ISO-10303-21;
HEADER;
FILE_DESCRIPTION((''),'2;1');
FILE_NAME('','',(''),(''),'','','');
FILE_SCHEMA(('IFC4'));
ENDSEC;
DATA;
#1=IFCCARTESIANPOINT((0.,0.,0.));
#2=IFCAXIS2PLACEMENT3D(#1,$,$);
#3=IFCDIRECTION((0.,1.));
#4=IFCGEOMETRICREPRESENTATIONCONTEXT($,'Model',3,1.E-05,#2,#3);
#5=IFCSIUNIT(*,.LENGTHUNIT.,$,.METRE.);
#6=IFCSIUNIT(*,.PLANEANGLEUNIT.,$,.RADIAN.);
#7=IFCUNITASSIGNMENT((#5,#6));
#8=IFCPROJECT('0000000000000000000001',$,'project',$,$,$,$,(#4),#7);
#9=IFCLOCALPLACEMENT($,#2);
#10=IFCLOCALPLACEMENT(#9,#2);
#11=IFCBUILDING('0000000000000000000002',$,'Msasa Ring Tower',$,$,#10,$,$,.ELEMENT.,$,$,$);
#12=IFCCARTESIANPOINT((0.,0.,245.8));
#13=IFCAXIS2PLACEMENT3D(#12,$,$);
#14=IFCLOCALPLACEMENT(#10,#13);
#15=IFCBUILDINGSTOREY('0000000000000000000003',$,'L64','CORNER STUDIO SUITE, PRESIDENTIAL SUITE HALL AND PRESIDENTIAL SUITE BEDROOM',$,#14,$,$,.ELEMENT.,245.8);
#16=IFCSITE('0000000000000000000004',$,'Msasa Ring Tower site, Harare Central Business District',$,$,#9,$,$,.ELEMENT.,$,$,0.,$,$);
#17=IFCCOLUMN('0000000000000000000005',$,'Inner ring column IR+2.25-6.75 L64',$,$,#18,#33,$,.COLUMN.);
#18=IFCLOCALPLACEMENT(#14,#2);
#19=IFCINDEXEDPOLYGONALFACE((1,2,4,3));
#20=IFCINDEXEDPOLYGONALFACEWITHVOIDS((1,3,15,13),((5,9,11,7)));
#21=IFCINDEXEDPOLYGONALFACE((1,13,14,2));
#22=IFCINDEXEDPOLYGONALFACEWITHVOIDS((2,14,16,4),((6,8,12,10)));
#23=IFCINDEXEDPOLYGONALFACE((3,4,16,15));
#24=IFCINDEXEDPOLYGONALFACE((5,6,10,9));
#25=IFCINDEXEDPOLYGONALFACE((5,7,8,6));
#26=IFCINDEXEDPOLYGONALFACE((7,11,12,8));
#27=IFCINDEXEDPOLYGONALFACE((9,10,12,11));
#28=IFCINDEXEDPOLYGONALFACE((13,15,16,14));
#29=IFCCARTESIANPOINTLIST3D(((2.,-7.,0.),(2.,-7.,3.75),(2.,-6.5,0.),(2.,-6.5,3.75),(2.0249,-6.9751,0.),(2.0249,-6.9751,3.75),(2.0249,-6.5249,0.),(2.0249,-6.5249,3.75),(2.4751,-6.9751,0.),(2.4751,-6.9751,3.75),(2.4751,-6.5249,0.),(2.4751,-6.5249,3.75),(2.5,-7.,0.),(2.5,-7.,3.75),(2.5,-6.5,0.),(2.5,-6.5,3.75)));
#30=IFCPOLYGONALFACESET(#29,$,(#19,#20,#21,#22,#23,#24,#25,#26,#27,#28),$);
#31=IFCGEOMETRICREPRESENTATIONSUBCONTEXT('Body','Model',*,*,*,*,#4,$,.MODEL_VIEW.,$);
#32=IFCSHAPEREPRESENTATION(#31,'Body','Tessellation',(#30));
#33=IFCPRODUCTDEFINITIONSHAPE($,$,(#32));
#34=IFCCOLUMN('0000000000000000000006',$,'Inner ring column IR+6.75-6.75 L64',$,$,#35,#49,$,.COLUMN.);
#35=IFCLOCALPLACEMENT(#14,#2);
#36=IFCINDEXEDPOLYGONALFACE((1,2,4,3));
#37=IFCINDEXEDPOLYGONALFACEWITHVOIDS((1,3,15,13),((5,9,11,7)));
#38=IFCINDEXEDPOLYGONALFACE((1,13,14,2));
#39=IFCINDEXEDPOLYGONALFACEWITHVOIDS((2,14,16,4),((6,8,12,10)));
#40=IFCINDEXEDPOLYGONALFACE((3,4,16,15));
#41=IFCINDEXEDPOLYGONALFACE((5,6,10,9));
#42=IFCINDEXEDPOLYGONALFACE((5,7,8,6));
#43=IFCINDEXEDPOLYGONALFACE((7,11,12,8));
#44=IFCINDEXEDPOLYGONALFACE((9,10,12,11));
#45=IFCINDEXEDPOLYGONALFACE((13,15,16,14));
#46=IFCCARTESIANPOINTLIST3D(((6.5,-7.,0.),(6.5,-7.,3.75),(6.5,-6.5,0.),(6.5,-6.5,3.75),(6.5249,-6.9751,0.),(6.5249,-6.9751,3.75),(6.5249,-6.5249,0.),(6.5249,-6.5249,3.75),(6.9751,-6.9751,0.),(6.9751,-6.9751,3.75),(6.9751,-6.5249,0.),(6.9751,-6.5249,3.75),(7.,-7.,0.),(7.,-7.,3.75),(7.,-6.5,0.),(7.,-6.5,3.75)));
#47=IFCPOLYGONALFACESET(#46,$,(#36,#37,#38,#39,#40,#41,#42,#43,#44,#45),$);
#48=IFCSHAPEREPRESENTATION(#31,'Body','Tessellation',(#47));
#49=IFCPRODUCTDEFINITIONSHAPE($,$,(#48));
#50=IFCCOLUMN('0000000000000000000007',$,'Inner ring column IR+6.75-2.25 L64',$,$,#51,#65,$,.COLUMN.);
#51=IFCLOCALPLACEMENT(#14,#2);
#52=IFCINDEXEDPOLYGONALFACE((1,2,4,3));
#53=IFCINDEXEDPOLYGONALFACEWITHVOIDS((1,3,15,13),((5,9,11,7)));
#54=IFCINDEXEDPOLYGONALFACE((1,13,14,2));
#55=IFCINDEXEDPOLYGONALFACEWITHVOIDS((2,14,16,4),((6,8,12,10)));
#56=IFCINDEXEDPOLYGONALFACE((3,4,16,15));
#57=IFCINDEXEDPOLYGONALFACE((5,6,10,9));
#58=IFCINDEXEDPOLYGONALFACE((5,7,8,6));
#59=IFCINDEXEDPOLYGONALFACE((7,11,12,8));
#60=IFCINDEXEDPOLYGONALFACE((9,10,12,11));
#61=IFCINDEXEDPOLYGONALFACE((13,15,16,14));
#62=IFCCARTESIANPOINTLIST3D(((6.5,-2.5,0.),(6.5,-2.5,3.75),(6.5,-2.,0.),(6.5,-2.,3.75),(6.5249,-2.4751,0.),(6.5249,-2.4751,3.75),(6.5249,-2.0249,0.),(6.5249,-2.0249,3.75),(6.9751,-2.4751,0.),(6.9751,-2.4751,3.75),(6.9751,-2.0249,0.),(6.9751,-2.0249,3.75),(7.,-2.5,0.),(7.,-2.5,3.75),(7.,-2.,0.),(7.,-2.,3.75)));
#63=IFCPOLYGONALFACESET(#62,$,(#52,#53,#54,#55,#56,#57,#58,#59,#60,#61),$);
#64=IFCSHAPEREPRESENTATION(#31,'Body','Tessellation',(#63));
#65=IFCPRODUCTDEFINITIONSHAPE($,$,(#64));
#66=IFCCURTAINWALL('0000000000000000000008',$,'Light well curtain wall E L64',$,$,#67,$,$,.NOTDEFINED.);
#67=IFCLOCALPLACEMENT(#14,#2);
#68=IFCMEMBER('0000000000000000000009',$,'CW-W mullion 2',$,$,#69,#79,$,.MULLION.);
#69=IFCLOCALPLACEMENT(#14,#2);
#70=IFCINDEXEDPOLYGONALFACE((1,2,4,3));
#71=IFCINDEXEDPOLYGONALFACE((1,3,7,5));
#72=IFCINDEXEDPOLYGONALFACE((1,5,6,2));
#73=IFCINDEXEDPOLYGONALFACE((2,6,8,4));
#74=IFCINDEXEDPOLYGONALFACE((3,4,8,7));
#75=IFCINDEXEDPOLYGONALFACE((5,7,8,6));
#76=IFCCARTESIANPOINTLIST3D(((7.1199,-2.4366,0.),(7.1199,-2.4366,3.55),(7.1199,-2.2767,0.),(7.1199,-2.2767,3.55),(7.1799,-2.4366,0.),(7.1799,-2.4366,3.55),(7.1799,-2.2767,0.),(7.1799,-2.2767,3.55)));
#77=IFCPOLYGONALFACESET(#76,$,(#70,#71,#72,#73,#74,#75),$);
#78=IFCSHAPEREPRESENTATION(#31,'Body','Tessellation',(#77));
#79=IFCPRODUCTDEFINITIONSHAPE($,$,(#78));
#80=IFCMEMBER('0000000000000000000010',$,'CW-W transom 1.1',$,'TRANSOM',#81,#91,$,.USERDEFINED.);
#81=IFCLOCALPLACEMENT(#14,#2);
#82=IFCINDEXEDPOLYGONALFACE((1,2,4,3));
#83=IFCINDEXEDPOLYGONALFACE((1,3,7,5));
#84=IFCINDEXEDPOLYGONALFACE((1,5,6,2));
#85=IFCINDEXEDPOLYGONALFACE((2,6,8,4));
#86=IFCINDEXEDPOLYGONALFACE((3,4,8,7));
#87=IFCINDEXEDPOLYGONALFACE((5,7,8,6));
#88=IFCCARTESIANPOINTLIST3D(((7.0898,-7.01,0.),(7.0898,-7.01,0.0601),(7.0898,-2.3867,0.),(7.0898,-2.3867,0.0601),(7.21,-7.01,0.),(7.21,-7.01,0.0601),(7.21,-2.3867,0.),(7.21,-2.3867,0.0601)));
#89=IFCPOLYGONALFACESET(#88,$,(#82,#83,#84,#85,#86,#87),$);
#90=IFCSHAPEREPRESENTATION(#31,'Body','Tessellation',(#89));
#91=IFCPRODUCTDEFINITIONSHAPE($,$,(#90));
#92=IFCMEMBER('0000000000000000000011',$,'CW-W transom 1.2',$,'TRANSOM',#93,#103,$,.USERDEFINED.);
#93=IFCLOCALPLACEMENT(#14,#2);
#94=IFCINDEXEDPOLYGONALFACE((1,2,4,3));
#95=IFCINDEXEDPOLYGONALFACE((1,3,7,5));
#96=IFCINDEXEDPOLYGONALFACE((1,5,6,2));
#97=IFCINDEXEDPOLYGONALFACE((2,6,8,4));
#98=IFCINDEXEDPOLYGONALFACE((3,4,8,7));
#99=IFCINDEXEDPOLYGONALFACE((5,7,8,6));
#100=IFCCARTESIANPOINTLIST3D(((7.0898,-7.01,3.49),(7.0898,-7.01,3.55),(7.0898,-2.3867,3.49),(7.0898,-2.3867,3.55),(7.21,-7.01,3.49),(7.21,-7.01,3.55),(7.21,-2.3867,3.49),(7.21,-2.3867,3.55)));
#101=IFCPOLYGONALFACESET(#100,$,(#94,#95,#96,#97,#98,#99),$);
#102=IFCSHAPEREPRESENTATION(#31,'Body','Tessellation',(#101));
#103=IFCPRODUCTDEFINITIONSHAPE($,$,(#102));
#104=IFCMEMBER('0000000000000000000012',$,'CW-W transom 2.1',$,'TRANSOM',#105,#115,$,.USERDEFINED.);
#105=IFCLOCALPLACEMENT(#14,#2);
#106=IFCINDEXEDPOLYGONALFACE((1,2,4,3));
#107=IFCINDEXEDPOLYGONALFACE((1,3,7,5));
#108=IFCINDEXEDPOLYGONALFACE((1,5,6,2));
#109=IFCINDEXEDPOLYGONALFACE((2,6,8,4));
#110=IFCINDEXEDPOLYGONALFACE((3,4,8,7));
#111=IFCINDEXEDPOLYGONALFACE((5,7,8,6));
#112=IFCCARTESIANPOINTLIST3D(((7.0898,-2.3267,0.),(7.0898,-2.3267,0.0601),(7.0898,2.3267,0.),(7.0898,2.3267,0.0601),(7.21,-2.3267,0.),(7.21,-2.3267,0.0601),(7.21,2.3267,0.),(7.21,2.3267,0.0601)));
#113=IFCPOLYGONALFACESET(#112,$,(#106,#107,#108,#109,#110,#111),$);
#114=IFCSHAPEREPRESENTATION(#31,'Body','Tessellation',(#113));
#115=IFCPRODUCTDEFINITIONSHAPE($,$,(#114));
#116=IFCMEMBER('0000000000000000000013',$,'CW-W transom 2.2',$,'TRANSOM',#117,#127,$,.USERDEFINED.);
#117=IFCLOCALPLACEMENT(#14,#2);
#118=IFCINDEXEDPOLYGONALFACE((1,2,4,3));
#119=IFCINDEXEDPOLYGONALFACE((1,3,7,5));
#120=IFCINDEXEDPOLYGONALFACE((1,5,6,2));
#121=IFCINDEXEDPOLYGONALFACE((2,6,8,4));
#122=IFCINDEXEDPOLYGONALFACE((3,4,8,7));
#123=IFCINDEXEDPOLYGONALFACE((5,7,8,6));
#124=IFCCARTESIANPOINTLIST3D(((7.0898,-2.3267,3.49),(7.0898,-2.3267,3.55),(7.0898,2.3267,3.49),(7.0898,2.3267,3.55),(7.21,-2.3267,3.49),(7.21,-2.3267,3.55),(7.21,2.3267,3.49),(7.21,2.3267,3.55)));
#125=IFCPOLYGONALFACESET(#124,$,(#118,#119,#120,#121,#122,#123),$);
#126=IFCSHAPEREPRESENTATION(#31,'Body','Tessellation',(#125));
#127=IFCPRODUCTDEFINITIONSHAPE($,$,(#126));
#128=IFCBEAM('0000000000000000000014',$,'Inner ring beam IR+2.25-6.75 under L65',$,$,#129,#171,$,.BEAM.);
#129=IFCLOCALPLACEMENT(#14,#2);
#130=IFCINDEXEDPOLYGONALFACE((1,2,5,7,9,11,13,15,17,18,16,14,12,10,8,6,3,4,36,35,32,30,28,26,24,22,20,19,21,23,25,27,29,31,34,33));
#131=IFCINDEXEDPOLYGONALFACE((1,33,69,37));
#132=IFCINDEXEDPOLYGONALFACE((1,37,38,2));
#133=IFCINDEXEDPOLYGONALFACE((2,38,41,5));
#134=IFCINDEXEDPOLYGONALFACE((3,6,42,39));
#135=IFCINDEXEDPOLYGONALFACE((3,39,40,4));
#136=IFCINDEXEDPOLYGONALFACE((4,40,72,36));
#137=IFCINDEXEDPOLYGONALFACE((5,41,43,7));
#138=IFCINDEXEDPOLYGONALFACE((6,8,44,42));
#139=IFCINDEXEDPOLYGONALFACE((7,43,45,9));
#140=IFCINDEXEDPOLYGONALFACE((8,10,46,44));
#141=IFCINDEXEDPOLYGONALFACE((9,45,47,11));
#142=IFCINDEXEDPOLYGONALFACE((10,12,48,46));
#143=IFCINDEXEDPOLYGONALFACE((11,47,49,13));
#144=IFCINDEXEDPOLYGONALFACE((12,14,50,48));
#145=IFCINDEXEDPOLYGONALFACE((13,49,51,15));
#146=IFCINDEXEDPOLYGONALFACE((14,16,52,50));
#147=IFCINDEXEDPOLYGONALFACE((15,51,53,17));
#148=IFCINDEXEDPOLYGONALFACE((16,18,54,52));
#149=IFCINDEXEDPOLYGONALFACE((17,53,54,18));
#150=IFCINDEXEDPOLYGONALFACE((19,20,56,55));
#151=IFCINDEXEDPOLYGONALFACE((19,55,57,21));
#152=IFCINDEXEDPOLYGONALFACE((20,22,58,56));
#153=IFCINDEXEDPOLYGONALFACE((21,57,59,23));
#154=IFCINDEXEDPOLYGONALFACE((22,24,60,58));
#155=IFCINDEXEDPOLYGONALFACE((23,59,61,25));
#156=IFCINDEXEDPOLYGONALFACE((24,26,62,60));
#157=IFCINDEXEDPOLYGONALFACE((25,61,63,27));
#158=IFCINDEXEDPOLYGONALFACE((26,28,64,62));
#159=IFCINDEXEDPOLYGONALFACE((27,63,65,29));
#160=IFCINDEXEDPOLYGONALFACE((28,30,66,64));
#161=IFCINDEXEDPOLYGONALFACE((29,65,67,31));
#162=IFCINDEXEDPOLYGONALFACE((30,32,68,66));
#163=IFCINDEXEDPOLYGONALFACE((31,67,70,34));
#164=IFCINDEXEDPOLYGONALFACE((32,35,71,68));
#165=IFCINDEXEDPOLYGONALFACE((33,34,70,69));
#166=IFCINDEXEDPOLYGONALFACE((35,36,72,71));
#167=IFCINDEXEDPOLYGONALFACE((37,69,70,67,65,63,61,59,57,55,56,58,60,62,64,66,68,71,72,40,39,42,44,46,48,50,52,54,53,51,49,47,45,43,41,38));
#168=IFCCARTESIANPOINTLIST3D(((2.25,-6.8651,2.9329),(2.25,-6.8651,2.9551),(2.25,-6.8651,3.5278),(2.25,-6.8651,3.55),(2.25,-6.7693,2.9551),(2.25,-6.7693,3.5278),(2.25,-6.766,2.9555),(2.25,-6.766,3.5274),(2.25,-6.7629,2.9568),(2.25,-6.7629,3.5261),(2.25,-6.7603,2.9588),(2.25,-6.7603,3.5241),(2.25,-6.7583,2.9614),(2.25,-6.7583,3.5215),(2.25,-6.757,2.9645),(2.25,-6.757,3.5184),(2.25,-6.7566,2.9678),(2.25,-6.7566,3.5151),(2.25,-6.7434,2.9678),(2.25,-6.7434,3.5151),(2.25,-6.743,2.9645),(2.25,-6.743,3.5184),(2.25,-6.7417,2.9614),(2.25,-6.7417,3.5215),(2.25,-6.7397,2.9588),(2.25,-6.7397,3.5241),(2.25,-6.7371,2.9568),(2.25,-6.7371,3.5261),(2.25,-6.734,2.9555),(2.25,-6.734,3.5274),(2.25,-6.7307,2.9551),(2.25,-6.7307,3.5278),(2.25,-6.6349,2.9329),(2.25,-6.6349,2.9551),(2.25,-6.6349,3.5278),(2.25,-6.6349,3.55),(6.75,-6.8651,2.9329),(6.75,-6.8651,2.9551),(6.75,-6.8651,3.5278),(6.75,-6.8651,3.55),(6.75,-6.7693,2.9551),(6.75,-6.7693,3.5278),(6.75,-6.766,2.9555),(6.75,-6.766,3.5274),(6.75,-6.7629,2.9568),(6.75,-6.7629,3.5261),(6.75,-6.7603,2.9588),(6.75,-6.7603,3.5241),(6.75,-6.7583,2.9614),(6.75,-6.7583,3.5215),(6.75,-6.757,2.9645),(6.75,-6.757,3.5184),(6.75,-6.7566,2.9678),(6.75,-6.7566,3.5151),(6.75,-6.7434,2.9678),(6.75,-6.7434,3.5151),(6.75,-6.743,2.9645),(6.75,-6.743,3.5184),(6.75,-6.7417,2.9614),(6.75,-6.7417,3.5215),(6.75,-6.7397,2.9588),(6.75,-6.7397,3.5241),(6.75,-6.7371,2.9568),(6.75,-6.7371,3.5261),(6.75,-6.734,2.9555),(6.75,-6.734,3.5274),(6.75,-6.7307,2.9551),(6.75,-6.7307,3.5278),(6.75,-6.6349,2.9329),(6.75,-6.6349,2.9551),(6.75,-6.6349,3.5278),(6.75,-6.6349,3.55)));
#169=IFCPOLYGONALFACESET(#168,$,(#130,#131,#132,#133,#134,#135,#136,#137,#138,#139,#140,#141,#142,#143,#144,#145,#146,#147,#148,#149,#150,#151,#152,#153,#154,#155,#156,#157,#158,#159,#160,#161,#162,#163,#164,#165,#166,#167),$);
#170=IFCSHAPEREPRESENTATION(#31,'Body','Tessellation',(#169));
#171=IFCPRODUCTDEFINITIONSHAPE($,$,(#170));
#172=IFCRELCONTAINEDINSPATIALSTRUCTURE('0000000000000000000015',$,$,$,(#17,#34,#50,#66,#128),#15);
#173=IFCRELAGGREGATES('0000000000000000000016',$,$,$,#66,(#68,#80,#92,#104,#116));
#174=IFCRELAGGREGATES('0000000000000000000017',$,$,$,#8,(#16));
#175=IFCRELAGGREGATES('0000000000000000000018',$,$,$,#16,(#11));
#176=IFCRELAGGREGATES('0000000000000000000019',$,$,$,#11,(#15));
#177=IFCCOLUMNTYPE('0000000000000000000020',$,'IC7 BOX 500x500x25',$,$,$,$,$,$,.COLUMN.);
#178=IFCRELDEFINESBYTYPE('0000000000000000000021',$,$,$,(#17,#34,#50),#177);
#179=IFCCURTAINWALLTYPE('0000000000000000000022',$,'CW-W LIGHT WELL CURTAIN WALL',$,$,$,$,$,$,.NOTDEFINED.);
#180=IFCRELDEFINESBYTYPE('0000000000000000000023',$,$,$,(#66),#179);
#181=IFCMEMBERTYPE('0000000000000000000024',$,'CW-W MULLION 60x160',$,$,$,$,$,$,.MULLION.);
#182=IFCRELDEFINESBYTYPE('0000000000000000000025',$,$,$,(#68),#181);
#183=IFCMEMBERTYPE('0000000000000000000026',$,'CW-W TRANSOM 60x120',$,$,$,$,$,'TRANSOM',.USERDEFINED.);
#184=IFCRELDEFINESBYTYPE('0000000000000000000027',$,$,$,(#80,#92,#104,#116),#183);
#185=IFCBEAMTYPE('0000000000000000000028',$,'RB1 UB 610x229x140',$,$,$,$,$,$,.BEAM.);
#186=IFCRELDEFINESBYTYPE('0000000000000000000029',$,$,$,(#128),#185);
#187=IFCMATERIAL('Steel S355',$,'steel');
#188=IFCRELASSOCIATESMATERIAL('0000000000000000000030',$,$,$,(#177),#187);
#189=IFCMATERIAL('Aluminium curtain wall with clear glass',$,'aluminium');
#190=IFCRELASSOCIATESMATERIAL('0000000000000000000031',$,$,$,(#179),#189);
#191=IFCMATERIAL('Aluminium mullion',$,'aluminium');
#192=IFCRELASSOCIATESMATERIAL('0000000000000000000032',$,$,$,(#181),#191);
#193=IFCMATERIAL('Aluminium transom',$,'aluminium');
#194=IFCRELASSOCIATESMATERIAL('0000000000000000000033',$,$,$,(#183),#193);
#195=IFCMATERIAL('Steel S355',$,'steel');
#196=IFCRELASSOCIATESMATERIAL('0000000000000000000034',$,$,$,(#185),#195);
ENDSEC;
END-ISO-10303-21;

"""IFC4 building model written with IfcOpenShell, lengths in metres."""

from ifc_helpers import new_model, si_unit, direction, frame, origin, origin_2d, place, context, subcontext, project, spatial, rectangle, hollow_rectangle, i_section, extrude, material, material_profile, profile_set, type_object, element, aggregate, save


model = new_model("IFC4")

# Units and contexts
model_context = context("Model", 3, precision=1e-05, world=origin(), true_north=direction((0.0, 1.0)))
body_context = subcontext(model_context, "Body", "Model", "MODEL_VIEW")
ifc_project = project(units=[si_unit("LENGTHUNIT", "METRE"), si_unit("PLANEANGLEUNIT", "RADIAN")], contexts=[model_context])

# Site, building, storey
site_placement = place(None, origin())
site = spatial("IfcSite", under=ifc_project, at=site_placement, Name="Msasa Ring Tower site, Harare Central Business District", CompositionType="ELEMENT", RefElevation=0.0)
building_placement = place(site_placement, origin())
building = spatial("IfcBuilding", under=site, at=building_placement, Name="Msasa Ring Tower", CompositionType="ELEMENT")
storey_placement = place(building_placement, frame((0.0, 0.0, 245.8)))
storey = spatial("IfcBuildingStorey", under=building, at=storey_placement, Name="L64", Description="CORNER STUDIO SUITE, PRESIDENTIAL SUITE HALL AND PRESIDENTIAL SUITE BEDROOM", CompositionType="ELEMENT", Elevation=245.8)

# Columns
ifc_material_1 = material(Name="Steel S355", Category="steel")
ifc_material_profile_1 = material_profile(ifc_material_1, hollow_rectangle(XDim=0.5, YDim=0.5, WallThickness=0.0249, at=origin_2d()), Name="BOX 500x500x25")
ifc_profile_set_1 = profile_set([ifc_material_profile_1], Name="Steel S355")
column_type = type_object("IfcColumnType", Name="IC7 BOX 500x500x25", PredefinedType="COLUMN", material=ifc_profile_set_1)
for number, where, z_axis, x_axis, name in (
    (1, (2.25, -6.75, 0.0), (0.0, 0.0, 1.0), (1.0, 0.0, 0.0), "Inner ring column IR+2.25-6.75 L64"),
    (2, (6.75, -6.75, 0.0), (0.0, 0.0, 1.0), (1.0, 0.0, 0.0), "Inner ring column IR+6.75-6.75 L64"),
    (3, (6.75, -2.25, 0.0), (0.0, 0.0, 1.0), (1.0, 0.0, 0.0), "Inner ring column IR+6.75-2.25 L64"),
):
    element("IfcColumn", number, at=place(storey_placement, frame(where, z_axis=z_axis, x_axis=x_axis)), inside=storey, type_object=column_type, Name=name, PredefinedType="COLUMN", context=body_context, shape_type="SweptSolid", body=[
        extrude(hollow_rectangle(XDim=0.5, YDim=0.5, WallThickness=0.0249, at=origin_2d()), origin(), (0.0, 0.0, 1.0), 3.75),
    ])

# Curtain wall, members
ifc_material_2 = material(Name="Aluminium curtain wall with clear glass", Category="aluminium")
curtain_wall_type = type_object("IfcCurtainWallType", Name="CW-W LIGHT WELL CURTAIN WALL", PredefinedType="NOTDEFINED", material=ifc_material_2)
curtain_wall_placement = place(storey_placement, origin())
curtain_wall = element("IfcCurtainWall", 4, at=curtain_wall_placement, inside=storey, type_object=curtain_wall_type, Name="Light well curtain wall E L64", PredefinedType="NOTDEFINED")
ifc_material_3 = material(Name="Aluminium mullion", Category="aluminium")
ifc_material_profile_2 = material_profile(ifc_material_3, rectangle(XDim=0.0601, YDim=0.1599, at=origin_2d()), Name="AL 60x160")
ifc_profile_set_2 = profile_set([ifc_material_profile_2], Name="Aluminium mullion")
member_type_1 = type_object("IfcMemberType", Name="CW-W MULLION 60x160", PredefinedType="MULLION", material=ifc_profile_set_2)
member_1_placement = place(storey_placement, frame((7.1499, -2.3567, 0.0), z_axis=(0.0, 0.0, 1.0), x_axis=(-1.0, 0.0, 0.0)))
member_1 = element("IfcMember", 5, at=member_1_placement, type_object=member_type_1, Name="CW-W mullion 2", PredefinedType="MULLION", context=body_context, shape_type="SweptSolid", body=[
    extrude(rectangle(XDim=0.0601, YDim=0.1599, at=origin_2d()), origin(), (0.0, 0.0, 1.0), 3.55),
])
ifc_material_4 = material(Name="Aluminium transom", Category="aluminium")
ifc_material_profile_3 = material_profile(ifc_material_4, rectangle(XDim=0.1201, YDim=0.0601, at=origin_2d()), Name="AL 60x120")
ifc_profile_set_3 = profile_set([ifc_material_profile_3], Name="Aluminium transom")
member_type_2 = type_object("IfcMemberType", Name="CW-W TRANSOM 60x120", ElementType="TRANSOM", PredefinedType="USERDEFINED", material=ifc_profile_set_3)
member_2_placement = place(storey_placement, frame((7.1499, -7.01, 0.03), z_axis=(0.0, 1.0, 0.0), x_axis=(-1.0, 0.0, 0.0)))
member_2 = element("IfcMember", 6, at=member_2_placement, type_object=member_type_2, Name="CW-W transom 1.1", ObjectType="TRANSOM", PredefinedType="USERDEFINED", context=body_context, shape_type="SweptSolid", body=[
    extrude(rectangle(XDim=0.1201, YDim=0.0601, at=origin_2d()), origin(), (0.0, 0.0, 1.0), 4.6233),
])
member_3_placement = place(storey_placement, frame((7.1499, -7.01, 3.52), z_axis=(0.0, 1.0, 0.0), x_axis=(-1.0, 0.0, 0.0)))
member_3 = element("IfcMember", 7, at=member_3_placement, type_object=member_type_2, Name="CW-W transom 1.2", ObjectType="TRANSOM", PredefinedType="USERDEFINED", context=body_context, shape_type="SweptSolid", body=[
    extrude(rectangle(XDim=0.1201, YDim=0.0601, at=origin_2d()), origin(), (0.0, 0.0, 1.0), 4.6233),
])
member_4_placement = place(storey_placement, frame((7.1499, -2.3267, 0.03), z_axis=(0.0, 1.0, 0.0), x_axis=(-1.0, 0.0, 0.0)))
member_4 = element("IfcMember", 8, at=member_4_placement, type_object=member_type_2, Name="CW-W transom 2.1", ObjectType="TRANSOM", PredefinedType="USERDEFINED", context=body_context, shape_type="SweptSolid", body=[
    extrude(rectangle(XDim=0.1201, YDim=0.0601, at=origin_2d()), origin(), (0.0, 0.0, 1.0), 4.6533),
])
member_5_placement = place(storey_placement, frame((7.1499, -2.3267, 3.52), z_axis=(0.0, 1.0, 0.0), x_axis=(-1.0, 0.0, 0.0)))
member_5 = element("IfcMember", 9, at=member_5_placement, type_object=member_type_2, Name="CW-W transom 2.2", ObjectType="TRANSOM", PredefinedType="USERDEFINED", context=body_context, shape_type="SweptSolid", body=[
    extrude(rectangle(XDim=0.1201, YDim=0.0601, at=origin_2d()), origin(), (0.0, 0.0, 1.0), 4.6533),
])

# Beam
ifc_material_5 = material(Name="Steel S355", Category="steel")
ifc_material_profile_4 = material_profile(ifc_material_5, i_section(OverallWidth=0.2302, OverallDepth=0.6172, WebThickness=0.0132, FlangeThickness=0.0222, FilletRadius=0.0127, at=origin_2d()), Name="UB 610x229x140")
ifc_profile_set_4 = profile_set([ifc_material_profile_4], Name="Steel S355")
beam_type = type_object("IfcBeamType", Name="RB1 UB 610x229x140", PredefinedType="BEAM", material=ifc_profile_set_4)
for number, where, z_axis, x_axis, name in (
    (10, (2.25, -6.75, 3.2415), (1.0, 0.0, 0.0), (0.0, 1.0, 0.0), "Inner ring beam IR+2.25-6.75 under L65"),
):
    element("IfcBeam", number, at=place(storey_placement, frame(where, z_axis=z_axis, x_axis=x_axis)), inside=storey, type_object=beam_type, Name=name, PredefinedType="BEAM", context=body_context, shape_type="SweptSolid", body=[
        extrude(i_section(OverallWidth=0.2302, OverallDepth=0.6172, WebThickness=0.0132, FlangeThickness=0.0222, FilletRadius=0.0127, at=origin_2d()), origin(), (0.0, 0.0, 1.0), 4.5),
    ])

aggregate(curtain_wall, [member_1, member_2, member_3, member_4, member_5])

save(model, "model.ifc")
